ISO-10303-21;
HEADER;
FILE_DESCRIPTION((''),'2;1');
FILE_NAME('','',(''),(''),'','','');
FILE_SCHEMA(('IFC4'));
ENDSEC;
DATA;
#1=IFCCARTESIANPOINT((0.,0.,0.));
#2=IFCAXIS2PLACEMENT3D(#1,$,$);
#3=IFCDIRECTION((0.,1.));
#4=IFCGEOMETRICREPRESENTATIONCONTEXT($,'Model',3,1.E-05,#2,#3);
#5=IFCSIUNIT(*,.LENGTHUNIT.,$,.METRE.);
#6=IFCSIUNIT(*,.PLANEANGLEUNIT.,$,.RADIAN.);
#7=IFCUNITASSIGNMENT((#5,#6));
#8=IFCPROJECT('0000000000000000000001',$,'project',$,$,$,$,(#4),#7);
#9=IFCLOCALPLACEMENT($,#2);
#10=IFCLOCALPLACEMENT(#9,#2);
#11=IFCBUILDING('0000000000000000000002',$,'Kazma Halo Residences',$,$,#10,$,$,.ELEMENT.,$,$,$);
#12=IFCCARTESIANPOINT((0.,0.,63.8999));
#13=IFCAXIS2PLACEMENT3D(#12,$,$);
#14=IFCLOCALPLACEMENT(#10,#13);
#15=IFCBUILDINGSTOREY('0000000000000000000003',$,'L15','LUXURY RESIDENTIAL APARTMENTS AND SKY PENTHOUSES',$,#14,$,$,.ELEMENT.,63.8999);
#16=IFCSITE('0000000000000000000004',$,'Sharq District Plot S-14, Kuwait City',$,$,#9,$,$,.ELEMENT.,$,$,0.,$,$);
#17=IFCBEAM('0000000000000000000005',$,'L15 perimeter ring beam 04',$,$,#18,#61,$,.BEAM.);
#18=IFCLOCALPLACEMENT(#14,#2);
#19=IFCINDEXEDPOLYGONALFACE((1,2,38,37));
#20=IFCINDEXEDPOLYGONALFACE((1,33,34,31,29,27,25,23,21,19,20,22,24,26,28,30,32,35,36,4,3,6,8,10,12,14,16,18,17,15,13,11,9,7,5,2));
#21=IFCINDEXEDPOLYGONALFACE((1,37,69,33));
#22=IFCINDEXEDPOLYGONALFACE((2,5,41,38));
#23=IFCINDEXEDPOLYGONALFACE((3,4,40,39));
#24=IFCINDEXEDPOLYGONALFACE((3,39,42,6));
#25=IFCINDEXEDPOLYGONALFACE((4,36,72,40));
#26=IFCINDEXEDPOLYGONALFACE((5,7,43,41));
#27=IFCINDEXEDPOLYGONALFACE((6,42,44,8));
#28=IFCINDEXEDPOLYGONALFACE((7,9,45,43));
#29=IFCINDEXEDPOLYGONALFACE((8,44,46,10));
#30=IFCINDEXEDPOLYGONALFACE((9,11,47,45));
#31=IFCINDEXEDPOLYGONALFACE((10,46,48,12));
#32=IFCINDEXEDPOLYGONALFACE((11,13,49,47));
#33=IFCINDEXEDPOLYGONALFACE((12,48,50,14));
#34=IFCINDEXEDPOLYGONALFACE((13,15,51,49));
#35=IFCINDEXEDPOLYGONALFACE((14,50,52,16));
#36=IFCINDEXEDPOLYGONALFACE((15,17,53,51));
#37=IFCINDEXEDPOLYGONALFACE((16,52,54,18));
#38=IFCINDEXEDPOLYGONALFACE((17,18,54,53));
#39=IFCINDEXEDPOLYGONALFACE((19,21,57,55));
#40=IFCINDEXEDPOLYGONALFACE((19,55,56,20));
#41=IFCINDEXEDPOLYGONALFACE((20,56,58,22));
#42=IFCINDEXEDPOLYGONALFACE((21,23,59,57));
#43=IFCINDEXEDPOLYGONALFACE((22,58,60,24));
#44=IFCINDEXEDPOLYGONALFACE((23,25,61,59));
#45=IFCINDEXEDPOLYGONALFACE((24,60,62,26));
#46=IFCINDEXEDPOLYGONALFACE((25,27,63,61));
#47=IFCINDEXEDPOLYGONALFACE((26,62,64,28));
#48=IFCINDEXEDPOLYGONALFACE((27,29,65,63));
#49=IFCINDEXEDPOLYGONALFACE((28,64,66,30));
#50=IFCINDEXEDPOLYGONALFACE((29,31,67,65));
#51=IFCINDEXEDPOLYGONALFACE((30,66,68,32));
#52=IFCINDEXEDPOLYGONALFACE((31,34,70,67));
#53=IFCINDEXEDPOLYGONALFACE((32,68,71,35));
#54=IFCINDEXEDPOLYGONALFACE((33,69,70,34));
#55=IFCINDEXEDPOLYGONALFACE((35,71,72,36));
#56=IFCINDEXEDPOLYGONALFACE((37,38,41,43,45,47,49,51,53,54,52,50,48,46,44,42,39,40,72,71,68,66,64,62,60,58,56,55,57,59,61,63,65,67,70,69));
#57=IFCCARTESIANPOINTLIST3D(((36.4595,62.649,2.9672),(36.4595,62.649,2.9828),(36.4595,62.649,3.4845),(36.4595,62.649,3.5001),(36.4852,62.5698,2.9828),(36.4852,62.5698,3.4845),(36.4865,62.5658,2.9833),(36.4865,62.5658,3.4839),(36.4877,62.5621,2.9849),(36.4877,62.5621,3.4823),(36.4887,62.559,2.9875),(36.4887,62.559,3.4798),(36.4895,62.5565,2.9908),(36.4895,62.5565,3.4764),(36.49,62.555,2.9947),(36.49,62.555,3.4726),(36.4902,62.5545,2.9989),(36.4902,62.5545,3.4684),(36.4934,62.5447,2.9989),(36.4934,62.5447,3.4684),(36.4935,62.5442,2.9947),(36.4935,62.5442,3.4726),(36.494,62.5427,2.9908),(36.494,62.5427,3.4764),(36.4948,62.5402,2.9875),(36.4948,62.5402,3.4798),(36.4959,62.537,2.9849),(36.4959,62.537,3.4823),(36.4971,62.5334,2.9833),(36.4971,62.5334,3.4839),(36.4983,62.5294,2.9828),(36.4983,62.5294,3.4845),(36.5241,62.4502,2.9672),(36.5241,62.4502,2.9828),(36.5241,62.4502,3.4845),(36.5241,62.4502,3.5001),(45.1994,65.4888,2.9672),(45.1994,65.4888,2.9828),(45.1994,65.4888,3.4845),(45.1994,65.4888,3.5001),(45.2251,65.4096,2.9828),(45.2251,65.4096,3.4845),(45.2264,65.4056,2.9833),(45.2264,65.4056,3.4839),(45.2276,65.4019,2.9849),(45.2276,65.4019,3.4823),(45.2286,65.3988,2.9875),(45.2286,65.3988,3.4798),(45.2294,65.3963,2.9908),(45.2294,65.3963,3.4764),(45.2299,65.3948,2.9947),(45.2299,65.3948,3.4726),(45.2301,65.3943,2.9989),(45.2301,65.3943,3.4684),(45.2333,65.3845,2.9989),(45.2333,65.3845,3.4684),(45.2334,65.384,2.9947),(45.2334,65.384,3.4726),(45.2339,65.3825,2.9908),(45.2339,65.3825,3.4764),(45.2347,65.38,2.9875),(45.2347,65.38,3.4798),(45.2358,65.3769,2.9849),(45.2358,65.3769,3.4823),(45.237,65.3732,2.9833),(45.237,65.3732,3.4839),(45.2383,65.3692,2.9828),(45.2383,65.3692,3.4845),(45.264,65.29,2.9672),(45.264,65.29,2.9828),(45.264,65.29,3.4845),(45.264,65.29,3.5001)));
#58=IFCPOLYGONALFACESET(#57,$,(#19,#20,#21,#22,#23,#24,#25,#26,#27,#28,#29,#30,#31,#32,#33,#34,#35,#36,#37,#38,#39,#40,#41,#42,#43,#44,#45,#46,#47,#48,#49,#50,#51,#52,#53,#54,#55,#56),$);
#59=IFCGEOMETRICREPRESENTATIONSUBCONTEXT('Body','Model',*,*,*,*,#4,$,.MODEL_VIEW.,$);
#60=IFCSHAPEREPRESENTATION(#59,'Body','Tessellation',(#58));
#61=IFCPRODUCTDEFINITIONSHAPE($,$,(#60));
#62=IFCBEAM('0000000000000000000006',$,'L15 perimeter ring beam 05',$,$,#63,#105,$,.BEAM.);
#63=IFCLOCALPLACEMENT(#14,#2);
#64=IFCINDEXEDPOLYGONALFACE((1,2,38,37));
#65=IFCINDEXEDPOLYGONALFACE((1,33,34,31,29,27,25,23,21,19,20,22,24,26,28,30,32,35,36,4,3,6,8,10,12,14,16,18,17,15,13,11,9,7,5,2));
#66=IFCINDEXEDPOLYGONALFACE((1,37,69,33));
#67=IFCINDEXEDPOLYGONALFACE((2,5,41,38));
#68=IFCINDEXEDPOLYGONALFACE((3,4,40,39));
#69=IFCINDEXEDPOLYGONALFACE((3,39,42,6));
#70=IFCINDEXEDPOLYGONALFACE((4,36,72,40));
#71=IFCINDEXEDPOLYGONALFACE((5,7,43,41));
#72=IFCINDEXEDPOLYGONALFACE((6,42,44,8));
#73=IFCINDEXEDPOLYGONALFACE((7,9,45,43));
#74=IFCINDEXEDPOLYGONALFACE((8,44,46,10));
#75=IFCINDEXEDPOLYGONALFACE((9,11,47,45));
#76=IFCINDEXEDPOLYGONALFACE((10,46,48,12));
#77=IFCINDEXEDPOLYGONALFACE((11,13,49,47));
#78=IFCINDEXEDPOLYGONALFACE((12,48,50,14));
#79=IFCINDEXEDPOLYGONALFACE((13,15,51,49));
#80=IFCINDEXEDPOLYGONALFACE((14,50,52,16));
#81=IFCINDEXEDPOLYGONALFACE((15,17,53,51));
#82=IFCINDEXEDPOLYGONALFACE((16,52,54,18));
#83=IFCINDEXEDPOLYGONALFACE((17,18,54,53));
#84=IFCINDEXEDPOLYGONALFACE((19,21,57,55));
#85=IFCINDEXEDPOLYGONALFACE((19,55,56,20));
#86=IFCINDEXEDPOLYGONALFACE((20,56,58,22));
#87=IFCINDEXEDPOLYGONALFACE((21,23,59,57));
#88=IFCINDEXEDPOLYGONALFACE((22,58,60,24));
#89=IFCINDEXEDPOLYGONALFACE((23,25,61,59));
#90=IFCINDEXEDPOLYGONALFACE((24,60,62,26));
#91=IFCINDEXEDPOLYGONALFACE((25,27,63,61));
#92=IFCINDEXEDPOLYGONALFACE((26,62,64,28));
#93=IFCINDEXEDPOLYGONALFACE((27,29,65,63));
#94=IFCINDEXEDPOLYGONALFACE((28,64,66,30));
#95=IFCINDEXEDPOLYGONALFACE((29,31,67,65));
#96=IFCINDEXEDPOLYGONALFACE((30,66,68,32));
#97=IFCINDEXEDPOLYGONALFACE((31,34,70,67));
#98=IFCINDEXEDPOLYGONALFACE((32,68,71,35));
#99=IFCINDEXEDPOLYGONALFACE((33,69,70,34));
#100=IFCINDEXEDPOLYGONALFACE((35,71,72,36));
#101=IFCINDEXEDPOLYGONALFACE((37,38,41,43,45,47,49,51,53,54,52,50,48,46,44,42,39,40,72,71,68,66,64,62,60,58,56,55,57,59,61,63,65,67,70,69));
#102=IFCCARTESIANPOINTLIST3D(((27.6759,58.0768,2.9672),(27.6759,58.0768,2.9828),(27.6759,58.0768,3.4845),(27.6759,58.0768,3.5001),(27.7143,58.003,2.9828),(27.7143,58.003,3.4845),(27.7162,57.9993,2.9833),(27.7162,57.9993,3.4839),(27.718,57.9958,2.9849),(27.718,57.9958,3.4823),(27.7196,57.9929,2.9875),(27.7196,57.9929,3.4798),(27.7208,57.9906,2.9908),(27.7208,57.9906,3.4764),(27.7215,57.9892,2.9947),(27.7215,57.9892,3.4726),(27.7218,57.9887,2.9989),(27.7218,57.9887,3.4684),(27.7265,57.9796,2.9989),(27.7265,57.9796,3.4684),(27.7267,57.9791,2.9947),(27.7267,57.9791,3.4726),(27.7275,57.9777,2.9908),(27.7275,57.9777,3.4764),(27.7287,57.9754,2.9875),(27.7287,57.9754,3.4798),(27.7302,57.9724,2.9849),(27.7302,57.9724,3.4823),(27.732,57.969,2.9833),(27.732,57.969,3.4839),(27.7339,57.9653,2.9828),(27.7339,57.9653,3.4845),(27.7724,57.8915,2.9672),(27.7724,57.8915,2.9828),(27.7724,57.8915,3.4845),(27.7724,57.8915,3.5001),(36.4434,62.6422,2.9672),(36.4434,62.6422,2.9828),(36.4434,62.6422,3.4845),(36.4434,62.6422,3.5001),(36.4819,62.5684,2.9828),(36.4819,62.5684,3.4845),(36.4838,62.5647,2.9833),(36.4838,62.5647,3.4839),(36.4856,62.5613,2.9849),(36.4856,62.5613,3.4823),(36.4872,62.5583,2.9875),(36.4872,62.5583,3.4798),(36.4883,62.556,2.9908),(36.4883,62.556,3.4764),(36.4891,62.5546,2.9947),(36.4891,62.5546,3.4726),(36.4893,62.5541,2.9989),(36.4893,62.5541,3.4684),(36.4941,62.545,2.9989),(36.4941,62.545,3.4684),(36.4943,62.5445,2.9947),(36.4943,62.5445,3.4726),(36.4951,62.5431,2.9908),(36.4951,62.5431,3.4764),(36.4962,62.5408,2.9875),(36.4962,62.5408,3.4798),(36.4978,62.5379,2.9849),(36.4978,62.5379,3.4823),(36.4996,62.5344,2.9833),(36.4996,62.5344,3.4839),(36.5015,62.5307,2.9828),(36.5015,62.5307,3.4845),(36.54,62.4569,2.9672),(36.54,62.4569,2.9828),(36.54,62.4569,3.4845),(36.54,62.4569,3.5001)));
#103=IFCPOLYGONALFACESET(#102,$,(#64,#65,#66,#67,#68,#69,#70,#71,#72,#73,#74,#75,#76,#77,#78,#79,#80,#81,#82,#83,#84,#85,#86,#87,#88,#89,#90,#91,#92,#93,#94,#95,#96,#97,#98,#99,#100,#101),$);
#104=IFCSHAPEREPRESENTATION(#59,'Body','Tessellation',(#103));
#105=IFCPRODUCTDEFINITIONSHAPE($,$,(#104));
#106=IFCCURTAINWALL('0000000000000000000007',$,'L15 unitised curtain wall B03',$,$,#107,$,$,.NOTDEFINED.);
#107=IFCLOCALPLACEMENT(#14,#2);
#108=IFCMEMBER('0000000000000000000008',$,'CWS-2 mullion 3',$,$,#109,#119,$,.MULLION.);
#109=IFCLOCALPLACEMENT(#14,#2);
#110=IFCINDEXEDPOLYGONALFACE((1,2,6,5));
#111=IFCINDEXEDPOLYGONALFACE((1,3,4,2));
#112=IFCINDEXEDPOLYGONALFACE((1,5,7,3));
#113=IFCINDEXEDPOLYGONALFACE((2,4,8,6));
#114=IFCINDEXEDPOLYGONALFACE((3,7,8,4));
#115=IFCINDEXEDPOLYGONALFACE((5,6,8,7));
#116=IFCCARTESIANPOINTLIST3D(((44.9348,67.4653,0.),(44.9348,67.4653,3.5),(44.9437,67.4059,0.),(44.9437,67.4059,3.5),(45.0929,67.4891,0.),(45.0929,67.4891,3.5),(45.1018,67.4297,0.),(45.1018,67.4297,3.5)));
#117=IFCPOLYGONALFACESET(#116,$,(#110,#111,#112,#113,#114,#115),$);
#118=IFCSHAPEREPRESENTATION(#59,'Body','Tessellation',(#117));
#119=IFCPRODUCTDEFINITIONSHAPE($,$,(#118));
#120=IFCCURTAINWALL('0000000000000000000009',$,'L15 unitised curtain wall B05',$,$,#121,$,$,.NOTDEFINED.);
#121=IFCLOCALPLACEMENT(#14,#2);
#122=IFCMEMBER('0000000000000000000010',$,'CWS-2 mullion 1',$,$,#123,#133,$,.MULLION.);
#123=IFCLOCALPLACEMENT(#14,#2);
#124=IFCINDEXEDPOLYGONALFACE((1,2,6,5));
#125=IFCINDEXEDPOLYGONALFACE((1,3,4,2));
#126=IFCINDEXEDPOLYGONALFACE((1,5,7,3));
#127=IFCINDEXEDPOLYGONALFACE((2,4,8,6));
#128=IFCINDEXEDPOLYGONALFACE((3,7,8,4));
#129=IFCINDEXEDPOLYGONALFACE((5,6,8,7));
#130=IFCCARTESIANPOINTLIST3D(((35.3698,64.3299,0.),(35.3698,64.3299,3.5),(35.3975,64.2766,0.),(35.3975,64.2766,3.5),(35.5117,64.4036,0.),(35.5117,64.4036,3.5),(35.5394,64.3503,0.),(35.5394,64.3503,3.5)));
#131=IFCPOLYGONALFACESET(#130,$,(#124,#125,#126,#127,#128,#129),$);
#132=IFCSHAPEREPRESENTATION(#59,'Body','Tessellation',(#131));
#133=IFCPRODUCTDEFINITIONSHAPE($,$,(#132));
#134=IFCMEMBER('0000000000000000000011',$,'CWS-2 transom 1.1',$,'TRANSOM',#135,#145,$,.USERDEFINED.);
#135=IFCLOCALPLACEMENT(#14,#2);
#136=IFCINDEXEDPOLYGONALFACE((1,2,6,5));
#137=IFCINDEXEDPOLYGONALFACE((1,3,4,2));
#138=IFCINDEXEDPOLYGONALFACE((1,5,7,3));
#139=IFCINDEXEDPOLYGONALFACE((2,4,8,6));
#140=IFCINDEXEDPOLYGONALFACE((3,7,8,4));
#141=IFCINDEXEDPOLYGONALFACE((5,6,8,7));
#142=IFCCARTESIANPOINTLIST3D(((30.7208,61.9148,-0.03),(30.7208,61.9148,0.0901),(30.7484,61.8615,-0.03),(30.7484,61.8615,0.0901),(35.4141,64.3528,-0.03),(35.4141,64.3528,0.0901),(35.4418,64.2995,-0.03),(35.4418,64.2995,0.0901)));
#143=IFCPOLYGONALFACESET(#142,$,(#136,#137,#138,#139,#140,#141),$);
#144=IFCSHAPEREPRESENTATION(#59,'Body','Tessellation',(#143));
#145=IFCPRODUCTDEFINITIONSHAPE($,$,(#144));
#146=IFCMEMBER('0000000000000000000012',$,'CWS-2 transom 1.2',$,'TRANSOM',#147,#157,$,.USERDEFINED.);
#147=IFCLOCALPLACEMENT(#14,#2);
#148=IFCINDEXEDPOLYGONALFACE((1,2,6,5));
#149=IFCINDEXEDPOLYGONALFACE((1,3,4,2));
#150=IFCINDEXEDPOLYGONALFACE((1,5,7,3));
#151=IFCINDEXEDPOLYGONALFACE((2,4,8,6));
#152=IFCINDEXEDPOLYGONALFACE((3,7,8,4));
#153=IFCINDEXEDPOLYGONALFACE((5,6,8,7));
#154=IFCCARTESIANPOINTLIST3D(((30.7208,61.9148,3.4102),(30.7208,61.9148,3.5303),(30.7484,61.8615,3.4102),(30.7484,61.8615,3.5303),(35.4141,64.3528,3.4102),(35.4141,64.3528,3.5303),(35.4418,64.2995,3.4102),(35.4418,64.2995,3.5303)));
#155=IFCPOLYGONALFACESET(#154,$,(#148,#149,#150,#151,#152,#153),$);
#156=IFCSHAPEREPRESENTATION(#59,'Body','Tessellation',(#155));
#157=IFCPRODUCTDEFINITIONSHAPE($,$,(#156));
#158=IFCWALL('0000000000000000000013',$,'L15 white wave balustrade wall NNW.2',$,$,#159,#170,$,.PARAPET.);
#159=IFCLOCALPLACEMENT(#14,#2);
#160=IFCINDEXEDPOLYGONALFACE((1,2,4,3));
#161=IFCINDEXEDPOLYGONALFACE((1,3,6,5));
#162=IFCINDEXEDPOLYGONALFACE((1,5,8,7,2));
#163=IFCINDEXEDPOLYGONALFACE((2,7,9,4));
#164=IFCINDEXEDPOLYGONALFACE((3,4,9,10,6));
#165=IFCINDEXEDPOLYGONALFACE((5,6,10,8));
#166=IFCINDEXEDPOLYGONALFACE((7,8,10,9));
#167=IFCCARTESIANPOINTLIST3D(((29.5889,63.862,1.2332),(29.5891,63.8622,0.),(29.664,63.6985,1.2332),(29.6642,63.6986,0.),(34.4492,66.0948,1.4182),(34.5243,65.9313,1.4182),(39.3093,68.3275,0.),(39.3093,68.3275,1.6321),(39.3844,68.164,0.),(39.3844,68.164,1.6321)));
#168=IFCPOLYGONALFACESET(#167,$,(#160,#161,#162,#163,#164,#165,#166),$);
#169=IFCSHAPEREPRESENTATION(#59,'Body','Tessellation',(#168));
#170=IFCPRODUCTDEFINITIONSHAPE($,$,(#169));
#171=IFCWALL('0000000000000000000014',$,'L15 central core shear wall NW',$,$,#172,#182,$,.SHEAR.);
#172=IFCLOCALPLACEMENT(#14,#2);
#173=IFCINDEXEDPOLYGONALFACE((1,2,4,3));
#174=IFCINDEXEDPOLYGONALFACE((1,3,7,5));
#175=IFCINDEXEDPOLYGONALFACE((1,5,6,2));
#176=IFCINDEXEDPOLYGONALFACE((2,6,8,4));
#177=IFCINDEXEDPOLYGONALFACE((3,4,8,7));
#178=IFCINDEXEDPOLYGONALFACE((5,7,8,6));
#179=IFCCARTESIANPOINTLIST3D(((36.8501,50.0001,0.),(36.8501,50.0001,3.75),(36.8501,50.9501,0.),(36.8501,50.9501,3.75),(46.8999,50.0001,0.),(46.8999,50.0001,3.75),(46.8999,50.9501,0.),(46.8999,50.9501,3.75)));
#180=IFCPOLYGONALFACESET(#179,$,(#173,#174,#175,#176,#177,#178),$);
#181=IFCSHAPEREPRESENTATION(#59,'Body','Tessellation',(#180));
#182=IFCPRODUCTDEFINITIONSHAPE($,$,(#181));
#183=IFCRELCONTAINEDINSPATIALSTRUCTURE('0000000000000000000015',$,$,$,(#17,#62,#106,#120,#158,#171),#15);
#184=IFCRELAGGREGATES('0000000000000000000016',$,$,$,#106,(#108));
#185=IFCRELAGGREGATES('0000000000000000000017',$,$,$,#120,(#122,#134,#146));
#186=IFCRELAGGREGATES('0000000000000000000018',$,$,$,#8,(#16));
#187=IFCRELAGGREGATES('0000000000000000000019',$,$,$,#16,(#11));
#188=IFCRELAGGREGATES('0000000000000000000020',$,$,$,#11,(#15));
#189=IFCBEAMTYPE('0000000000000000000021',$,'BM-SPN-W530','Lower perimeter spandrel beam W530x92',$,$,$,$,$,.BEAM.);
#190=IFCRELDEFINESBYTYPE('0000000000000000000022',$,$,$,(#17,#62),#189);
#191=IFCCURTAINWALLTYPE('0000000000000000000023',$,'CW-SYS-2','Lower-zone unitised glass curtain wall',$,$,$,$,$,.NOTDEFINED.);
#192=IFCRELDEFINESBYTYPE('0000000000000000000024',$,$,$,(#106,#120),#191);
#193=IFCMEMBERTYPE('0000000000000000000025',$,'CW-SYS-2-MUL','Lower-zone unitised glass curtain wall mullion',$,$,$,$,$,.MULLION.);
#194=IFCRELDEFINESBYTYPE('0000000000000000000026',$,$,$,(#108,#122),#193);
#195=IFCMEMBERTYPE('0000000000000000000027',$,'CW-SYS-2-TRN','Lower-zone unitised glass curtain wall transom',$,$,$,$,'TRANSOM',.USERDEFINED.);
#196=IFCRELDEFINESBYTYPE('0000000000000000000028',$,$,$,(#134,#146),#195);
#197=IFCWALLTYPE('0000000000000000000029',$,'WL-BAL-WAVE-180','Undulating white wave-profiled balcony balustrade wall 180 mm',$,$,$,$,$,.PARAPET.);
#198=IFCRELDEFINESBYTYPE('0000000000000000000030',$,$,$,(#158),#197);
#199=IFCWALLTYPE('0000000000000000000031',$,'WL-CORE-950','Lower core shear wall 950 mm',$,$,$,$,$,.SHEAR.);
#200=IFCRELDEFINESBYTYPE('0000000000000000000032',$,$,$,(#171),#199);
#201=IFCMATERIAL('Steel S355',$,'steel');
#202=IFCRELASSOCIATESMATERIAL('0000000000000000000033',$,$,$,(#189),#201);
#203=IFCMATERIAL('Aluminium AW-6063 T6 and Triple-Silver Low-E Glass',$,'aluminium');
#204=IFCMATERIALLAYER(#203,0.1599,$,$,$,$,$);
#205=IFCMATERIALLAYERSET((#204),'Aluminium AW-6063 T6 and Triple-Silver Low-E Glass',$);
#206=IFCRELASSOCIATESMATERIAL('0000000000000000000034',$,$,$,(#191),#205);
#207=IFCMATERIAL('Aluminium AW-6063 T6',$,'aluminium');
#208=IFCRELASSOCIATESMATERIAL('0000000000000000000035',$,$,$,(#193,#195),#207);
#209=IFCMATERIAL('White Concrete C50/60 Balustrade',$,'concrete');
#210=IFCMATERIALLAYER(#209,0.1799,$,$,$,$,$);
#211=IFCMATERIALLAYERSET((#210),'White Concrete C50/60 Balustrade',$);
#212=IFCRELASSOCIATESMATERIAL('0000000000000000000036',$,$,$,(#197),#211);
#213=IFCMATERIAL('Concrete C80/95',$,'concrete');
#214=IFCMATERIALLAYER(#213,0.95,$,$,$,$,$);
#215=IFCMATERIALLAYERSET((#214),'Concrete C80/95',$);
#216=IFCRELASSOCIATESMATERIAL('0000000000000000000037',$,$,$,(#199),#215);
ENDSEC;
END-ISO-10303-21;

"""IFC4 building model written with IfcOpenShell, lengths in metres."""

from ifc_helpers import new_model, si_unit, direction, frame, frame_2d, origin, origin_2d, place, context, subcontext, project, spatial, polyline, rectangle, i_section, outline, extrude, material, layer, layer_set, material_profile, profile_set, type_object, element, aggregate, save


model = new_model("IFC4")

# Units and contexts
model_context = context("Model", 3, precision=1e-05, world=origin(), true_north=direction((0.0, 1.0)))
body_context = subcontext(model_context, "Body", "Model", "MODEL_VIEW")
ifc_project = project(units=[si_unit("LENGTHUNIT", "METRE"), si_unit("PLANEANGLEUNIT", "RADIAN")], contexts=[model_context])

# Site, building, storey
site_placement = place(None, origin())
site = spatial("IfcSite", under=ifc_project, at=site_placement, Name="Sharq District Plot S-14, Kuwait City", CompositionType="ELEMENT", RefElevation=0.0)
building_placement = place(site_placement, origin())
building = spatial("IfcBuilding", under=site, at=building_placement, Name="Kazma Halo Residences", CompositionType="ELEMENT")
storey_placement = place(building_placement, frame((0.0, 0.0, 63.8999)))
storey = spatial("IfcBuildingStorey", under=building, at=storey_placement, Name="L15", Description="LUXURY RESIDENTIAL APARTMENTS AND SKY PENTHOUSES", CompositionType="ELEMENT", Elevation=63.8999)

# Shared definitions
ifc_material_1 = material(Name="Concrete C80/95", Category="concrete")

# Beams
ifc_material_2 = material(Name="Steel S355", Category="steel")
ifc_material_profile_1 = material_profile(ifc_material_2, i_section(OverallWidth=0.209, OverallDepth=0.533, WebThickness=0.0103, FlangeThickness=0.0156, FilletRadius=0.0161, at=origin_2d()), Name="W530x92")
ifc_profile_set_1 = profile_set([ifc_material_profile_1], Name="Steel S355")
beam_type_1 = type_object("IfcBeamType", Name="BM-SPN-W530", Description="Lower perimeter spandrel beam W530x92", PredefinedType="BEAM", material=ifc_profile_set_1)
beam_1_placement = place(storey_placement, frame((45.2317, 65.3894, 3.2336), z_axis=(-0.951055, -0.309022, 0.0), x_axis=(0.309022, -0.951055, 0.0)))
element("IfcBeam", 1, at=beam_1_placement, inside=storey, type_object=beam_type_1, Name="L15 perimeter ring beam 04", PredefinedType="BEAM", context=body_context, shape_type="SweptSolid", body=[
    extrude(i_section(OverallWidth=0.209, OverallDepth=0.533, WebThickness=0.0103, FlangeThickness=0.0156, FilletRadius=0.0161, at=origin_2d()), origin(), (0.0, 0.0, 1.0), 9.1897),
])
beam_2_placement = place(storey_placement, frame((36.4917, 62.5496, 3.2336), z_axis=(-0.886956, -0.461853, 0.0), x_axis=(0.461853, -0.886956, 0.0)))
element("IfcBeam", 2, at=beam_2_placement, inside=storey, type_object=beam_type_1, Name="L15 perimeter ring beam 05", PredefinedType="BEAM", context=body_context, shape_type="SweptSolid", body=[
    extrude(i_section(OverallWidth=0.209, OverallDepth=0.533, WebThickness=0.0103, FlangeThickness=0.0156, FilletRadius=0.0161, at=origin_2d()), origin(), (0.0, 0.0, 1.0), 9.885),
])

# Curtain wall, member
ifc_material_3 = material(Name="Aluminium AW-6063 T6 and Triple-Silver Low-E Glass", Category="aluminium")
ifc_layer_1 = layer(ifc_material_3, 0.1599)
ifc_layer_set_1 = layer_set([ifc_layer_1], Name="Aluminium AW-6063 T6 and Triple-Silver Low-E Glass")
curtain_wall_type = type_object("IfcCurtainWallType", Name="CW-SYS-2", Description="Lower-zone unitised glass curtain wall", PredefinedType="NOTDEFINED", material=ifc_layer_set_1)
curtain_wall_1_placement = place(storey_placement, origin())
curtain_wall_1 = element("IfcCurtainWall", 3, at=curtain_wall_1_placement, inside=storey, type_object=curtain_wall_type, Name="L15 unitised curtain wall B03", PredefinedType="NOTDEFINED")
ifc_material_4 = material(Name="Aluminium AW-6063 T6", Category="aluminium")
ifc_material_profile_2 = material_profile(ifc_material_4, rectangle(XDim=0.0601, YDim=0.1599, at=origin_2d()), Name="CWM-60x160")
ifc_profile_set_2 = profile_set([ifc_material_profile_2], Name="Aluminium AW-6063 T6")
member_type_1 = type_object("IfcMemberType", Name="CW-SYS-2-MUL", Description="Lower-zone unitised glass curtain wall mullion", PredefinedType="MULLION", material=ifc_profile_set_2)
member_1_placement = place(storey_placement, frame((45.0183, 67.4475, 0.0), z_axis=(0.0, 0.0, 1.0), x_axis=(0.148657, -0.988889, 0.0)))
member_1 = element("IfcMember", 4, at=member_1_placement, type_object=member_type_1, Name="CWS-2 mullion 3", PredefinedType="MULLION", context=body_context, shape_type="SweptSolid", body=[
    extrude(rectangle(XDim=0.0601, YDim=0.1599, at=origin_2d()), origin(), (0.0, 0.0, 1.0), 3.5),
])
aggregate(curtain_wall_1, [member_1])

# Curtain wall, members
curtain_wall_2_placement = place(storey_placement, origin())
curtain_wall_2 = element("IfcCurtainWall", 5, at=curtain_wall_2_placement, inside=storey, type_object=curtain_wall_type, Name="L15 unitised curtain wall B05", PredefinedType="NOTDEFINED")
member_2_placement = place(storey_placement, frame((35.4546, 64.3401, 0.0), z_axis=(0.0, 0.0, 1.0), x_axis=(0.460996, -0.887402, 0.0)))
member_2 = element("IfcMember", 6, at=member_2_placement, type_object=member_type_1, Name="CWS-2 mullion 1", PredefinedType="MULLION", context=body_context, shape_type="SweptSolid", body=[
    extrude(rectangle(XDim=0.0601, YDim=0.1599, at=origin_2d()), origin(), (0.0, 0.0, 1.0), 3.5),
])
ifc_material_profile_3 = material_profile(ifc_material_4, rectangle(XDim=0.0601, YDim=0.1201, at=origin_2d()), Name="CWT-60x120")
ifc_profile_set_3 = profile_set([ifc_material_profile_3], Name="Aluminium AW-6063 T6")
member_type_2 = type_object("IfcMemberType", Name="CW-SYS-2-TRN", Description="Lower-zone unitised glass curtain wall transom", ElementType="TRANSOM", PredefinedType="USERDEFINED", material=ifc_profile_set_3)
member_3_placement = place(storey_placement, frame((35.428, 64.3262, 0.03), z_axis=(-0.887415, -0.460972, 0.0), x_axis=(0.460972, -0.887415, 0.0)))
member_3 = element("IfcMember", 7, at=member_3_placement, type_object=member_type_2, Name="CWS-2 transom 1.1", ObjectType="TRANSOM", PredefinedType="USERDEFINED", context=body_context, shape_type="SweptSolid", body=[
    extrude(rectangle(XDim=0.0601, YDim=0.1201, at=origin_2d()), origin(), (0.0, 0.0, 1.0), 5.2888),
])
member_4_placement = place(storey_placement, frame((35.428, 64.3262, 3.4702), z_axis=(-0.887415, -0.460972, 0.0), x_axis=(0.460972, -0.887415, 0.0)))
member_4 = element("IfcMember", 8, at=member_4_placement, type_object=member_type_2, Name="CWS-2 transom 1.2", ObjectType="TRANSOM", PredefinedType="USERDEFINED", context=body_context, shape_type="SweptSolid", body=[
    extrude(rectangle(XDim=0.0601, YDim=0.1201, at=origin_2d()), origin(), (0.0, 0.0, 1.0), 5.2888),
])
aggregate(curtain_wall_2, [member_2, member_3, member_4])

# Walls
ifc_material_5 = material(Name="White Concrete C50/60 Balustrade", Category="concrete")
ifc_layer_2 = layer(ifc_material_5, 0.1799)
ifc_layer_set_2 = layer_set([ifc_layer_2], Name="White Concrete C50/60 Balustrade")
wall_type_1 = type_object("IfcWallType", Name="WL-BAL-WAVE-180", Description="Undulating white wave-profiled balcony balustrade wall 180 mm", PredefinedType="PARAPET", material=ifc_layer_set_2)
wall_1_placement = place(storey_placement, frame((39.3469, 68.2456, 0.0), z_axis=(0.0, 0.0, 1.0), x_axis=(-0.908702, -0.417445, 0.0)))
element("IfcWall", 9, at=wall_1_placement, inside=storey, type_object=wall_type_1, Name="L15 white wave balustrade wall NNW.2", PredefinedType="PARAPET", context=body_context, shape_type="SweptSolid", body=[
    extrude(outline(polyline([(0.0, 0.0), (10.6968, 0.0), (10.697, 1.2332), (5.3484, 1.4182), (0.0, 1.6321), (0.0, 0.0)])), frame((0.0, 0.0898, 0.0), z_axis=(0.0, -1.0, 0.0), x_axis=(1.0, 0.0, 0.0)), (0.0, 0.0, 1.0), 0.1799),
])
ifc_layer_3 = layer(ifc_material_1, 0.95)
ifc_layer_set_3 = layer_set([ifc_layer_3], Name="Concrete C80/95")
wall_type_2 = type_object("IfcWallType", Name="WL-CORE-950", Description="Lower core shear wall 950 mm", PredefinedType="SHEAR", material=ifc_layer_set_3)
wall_2_placement = place(storey_placement, frame((36.8501, 50.4751, 0.0), z_axis=(0.0, 0.0, 1.0), x_axis=(1.0, 0.0, 0.0)))
element("IfcWall", 10, at=wall_2_placement, inside=storey, type_object=wall_type_2, Name="L15 central core shear wall NW", PredefinedType="SHEAR", context=body_context, shape_type="SweptSolid", body=[
    extrude(rectangle(XDim=10.0498, YDim=0.95, at=frame_2d((5.0249, 0.0))), origin(), (0.0, 0.0, 1.0), 3.75),
])

save(model, "model.ifc")
